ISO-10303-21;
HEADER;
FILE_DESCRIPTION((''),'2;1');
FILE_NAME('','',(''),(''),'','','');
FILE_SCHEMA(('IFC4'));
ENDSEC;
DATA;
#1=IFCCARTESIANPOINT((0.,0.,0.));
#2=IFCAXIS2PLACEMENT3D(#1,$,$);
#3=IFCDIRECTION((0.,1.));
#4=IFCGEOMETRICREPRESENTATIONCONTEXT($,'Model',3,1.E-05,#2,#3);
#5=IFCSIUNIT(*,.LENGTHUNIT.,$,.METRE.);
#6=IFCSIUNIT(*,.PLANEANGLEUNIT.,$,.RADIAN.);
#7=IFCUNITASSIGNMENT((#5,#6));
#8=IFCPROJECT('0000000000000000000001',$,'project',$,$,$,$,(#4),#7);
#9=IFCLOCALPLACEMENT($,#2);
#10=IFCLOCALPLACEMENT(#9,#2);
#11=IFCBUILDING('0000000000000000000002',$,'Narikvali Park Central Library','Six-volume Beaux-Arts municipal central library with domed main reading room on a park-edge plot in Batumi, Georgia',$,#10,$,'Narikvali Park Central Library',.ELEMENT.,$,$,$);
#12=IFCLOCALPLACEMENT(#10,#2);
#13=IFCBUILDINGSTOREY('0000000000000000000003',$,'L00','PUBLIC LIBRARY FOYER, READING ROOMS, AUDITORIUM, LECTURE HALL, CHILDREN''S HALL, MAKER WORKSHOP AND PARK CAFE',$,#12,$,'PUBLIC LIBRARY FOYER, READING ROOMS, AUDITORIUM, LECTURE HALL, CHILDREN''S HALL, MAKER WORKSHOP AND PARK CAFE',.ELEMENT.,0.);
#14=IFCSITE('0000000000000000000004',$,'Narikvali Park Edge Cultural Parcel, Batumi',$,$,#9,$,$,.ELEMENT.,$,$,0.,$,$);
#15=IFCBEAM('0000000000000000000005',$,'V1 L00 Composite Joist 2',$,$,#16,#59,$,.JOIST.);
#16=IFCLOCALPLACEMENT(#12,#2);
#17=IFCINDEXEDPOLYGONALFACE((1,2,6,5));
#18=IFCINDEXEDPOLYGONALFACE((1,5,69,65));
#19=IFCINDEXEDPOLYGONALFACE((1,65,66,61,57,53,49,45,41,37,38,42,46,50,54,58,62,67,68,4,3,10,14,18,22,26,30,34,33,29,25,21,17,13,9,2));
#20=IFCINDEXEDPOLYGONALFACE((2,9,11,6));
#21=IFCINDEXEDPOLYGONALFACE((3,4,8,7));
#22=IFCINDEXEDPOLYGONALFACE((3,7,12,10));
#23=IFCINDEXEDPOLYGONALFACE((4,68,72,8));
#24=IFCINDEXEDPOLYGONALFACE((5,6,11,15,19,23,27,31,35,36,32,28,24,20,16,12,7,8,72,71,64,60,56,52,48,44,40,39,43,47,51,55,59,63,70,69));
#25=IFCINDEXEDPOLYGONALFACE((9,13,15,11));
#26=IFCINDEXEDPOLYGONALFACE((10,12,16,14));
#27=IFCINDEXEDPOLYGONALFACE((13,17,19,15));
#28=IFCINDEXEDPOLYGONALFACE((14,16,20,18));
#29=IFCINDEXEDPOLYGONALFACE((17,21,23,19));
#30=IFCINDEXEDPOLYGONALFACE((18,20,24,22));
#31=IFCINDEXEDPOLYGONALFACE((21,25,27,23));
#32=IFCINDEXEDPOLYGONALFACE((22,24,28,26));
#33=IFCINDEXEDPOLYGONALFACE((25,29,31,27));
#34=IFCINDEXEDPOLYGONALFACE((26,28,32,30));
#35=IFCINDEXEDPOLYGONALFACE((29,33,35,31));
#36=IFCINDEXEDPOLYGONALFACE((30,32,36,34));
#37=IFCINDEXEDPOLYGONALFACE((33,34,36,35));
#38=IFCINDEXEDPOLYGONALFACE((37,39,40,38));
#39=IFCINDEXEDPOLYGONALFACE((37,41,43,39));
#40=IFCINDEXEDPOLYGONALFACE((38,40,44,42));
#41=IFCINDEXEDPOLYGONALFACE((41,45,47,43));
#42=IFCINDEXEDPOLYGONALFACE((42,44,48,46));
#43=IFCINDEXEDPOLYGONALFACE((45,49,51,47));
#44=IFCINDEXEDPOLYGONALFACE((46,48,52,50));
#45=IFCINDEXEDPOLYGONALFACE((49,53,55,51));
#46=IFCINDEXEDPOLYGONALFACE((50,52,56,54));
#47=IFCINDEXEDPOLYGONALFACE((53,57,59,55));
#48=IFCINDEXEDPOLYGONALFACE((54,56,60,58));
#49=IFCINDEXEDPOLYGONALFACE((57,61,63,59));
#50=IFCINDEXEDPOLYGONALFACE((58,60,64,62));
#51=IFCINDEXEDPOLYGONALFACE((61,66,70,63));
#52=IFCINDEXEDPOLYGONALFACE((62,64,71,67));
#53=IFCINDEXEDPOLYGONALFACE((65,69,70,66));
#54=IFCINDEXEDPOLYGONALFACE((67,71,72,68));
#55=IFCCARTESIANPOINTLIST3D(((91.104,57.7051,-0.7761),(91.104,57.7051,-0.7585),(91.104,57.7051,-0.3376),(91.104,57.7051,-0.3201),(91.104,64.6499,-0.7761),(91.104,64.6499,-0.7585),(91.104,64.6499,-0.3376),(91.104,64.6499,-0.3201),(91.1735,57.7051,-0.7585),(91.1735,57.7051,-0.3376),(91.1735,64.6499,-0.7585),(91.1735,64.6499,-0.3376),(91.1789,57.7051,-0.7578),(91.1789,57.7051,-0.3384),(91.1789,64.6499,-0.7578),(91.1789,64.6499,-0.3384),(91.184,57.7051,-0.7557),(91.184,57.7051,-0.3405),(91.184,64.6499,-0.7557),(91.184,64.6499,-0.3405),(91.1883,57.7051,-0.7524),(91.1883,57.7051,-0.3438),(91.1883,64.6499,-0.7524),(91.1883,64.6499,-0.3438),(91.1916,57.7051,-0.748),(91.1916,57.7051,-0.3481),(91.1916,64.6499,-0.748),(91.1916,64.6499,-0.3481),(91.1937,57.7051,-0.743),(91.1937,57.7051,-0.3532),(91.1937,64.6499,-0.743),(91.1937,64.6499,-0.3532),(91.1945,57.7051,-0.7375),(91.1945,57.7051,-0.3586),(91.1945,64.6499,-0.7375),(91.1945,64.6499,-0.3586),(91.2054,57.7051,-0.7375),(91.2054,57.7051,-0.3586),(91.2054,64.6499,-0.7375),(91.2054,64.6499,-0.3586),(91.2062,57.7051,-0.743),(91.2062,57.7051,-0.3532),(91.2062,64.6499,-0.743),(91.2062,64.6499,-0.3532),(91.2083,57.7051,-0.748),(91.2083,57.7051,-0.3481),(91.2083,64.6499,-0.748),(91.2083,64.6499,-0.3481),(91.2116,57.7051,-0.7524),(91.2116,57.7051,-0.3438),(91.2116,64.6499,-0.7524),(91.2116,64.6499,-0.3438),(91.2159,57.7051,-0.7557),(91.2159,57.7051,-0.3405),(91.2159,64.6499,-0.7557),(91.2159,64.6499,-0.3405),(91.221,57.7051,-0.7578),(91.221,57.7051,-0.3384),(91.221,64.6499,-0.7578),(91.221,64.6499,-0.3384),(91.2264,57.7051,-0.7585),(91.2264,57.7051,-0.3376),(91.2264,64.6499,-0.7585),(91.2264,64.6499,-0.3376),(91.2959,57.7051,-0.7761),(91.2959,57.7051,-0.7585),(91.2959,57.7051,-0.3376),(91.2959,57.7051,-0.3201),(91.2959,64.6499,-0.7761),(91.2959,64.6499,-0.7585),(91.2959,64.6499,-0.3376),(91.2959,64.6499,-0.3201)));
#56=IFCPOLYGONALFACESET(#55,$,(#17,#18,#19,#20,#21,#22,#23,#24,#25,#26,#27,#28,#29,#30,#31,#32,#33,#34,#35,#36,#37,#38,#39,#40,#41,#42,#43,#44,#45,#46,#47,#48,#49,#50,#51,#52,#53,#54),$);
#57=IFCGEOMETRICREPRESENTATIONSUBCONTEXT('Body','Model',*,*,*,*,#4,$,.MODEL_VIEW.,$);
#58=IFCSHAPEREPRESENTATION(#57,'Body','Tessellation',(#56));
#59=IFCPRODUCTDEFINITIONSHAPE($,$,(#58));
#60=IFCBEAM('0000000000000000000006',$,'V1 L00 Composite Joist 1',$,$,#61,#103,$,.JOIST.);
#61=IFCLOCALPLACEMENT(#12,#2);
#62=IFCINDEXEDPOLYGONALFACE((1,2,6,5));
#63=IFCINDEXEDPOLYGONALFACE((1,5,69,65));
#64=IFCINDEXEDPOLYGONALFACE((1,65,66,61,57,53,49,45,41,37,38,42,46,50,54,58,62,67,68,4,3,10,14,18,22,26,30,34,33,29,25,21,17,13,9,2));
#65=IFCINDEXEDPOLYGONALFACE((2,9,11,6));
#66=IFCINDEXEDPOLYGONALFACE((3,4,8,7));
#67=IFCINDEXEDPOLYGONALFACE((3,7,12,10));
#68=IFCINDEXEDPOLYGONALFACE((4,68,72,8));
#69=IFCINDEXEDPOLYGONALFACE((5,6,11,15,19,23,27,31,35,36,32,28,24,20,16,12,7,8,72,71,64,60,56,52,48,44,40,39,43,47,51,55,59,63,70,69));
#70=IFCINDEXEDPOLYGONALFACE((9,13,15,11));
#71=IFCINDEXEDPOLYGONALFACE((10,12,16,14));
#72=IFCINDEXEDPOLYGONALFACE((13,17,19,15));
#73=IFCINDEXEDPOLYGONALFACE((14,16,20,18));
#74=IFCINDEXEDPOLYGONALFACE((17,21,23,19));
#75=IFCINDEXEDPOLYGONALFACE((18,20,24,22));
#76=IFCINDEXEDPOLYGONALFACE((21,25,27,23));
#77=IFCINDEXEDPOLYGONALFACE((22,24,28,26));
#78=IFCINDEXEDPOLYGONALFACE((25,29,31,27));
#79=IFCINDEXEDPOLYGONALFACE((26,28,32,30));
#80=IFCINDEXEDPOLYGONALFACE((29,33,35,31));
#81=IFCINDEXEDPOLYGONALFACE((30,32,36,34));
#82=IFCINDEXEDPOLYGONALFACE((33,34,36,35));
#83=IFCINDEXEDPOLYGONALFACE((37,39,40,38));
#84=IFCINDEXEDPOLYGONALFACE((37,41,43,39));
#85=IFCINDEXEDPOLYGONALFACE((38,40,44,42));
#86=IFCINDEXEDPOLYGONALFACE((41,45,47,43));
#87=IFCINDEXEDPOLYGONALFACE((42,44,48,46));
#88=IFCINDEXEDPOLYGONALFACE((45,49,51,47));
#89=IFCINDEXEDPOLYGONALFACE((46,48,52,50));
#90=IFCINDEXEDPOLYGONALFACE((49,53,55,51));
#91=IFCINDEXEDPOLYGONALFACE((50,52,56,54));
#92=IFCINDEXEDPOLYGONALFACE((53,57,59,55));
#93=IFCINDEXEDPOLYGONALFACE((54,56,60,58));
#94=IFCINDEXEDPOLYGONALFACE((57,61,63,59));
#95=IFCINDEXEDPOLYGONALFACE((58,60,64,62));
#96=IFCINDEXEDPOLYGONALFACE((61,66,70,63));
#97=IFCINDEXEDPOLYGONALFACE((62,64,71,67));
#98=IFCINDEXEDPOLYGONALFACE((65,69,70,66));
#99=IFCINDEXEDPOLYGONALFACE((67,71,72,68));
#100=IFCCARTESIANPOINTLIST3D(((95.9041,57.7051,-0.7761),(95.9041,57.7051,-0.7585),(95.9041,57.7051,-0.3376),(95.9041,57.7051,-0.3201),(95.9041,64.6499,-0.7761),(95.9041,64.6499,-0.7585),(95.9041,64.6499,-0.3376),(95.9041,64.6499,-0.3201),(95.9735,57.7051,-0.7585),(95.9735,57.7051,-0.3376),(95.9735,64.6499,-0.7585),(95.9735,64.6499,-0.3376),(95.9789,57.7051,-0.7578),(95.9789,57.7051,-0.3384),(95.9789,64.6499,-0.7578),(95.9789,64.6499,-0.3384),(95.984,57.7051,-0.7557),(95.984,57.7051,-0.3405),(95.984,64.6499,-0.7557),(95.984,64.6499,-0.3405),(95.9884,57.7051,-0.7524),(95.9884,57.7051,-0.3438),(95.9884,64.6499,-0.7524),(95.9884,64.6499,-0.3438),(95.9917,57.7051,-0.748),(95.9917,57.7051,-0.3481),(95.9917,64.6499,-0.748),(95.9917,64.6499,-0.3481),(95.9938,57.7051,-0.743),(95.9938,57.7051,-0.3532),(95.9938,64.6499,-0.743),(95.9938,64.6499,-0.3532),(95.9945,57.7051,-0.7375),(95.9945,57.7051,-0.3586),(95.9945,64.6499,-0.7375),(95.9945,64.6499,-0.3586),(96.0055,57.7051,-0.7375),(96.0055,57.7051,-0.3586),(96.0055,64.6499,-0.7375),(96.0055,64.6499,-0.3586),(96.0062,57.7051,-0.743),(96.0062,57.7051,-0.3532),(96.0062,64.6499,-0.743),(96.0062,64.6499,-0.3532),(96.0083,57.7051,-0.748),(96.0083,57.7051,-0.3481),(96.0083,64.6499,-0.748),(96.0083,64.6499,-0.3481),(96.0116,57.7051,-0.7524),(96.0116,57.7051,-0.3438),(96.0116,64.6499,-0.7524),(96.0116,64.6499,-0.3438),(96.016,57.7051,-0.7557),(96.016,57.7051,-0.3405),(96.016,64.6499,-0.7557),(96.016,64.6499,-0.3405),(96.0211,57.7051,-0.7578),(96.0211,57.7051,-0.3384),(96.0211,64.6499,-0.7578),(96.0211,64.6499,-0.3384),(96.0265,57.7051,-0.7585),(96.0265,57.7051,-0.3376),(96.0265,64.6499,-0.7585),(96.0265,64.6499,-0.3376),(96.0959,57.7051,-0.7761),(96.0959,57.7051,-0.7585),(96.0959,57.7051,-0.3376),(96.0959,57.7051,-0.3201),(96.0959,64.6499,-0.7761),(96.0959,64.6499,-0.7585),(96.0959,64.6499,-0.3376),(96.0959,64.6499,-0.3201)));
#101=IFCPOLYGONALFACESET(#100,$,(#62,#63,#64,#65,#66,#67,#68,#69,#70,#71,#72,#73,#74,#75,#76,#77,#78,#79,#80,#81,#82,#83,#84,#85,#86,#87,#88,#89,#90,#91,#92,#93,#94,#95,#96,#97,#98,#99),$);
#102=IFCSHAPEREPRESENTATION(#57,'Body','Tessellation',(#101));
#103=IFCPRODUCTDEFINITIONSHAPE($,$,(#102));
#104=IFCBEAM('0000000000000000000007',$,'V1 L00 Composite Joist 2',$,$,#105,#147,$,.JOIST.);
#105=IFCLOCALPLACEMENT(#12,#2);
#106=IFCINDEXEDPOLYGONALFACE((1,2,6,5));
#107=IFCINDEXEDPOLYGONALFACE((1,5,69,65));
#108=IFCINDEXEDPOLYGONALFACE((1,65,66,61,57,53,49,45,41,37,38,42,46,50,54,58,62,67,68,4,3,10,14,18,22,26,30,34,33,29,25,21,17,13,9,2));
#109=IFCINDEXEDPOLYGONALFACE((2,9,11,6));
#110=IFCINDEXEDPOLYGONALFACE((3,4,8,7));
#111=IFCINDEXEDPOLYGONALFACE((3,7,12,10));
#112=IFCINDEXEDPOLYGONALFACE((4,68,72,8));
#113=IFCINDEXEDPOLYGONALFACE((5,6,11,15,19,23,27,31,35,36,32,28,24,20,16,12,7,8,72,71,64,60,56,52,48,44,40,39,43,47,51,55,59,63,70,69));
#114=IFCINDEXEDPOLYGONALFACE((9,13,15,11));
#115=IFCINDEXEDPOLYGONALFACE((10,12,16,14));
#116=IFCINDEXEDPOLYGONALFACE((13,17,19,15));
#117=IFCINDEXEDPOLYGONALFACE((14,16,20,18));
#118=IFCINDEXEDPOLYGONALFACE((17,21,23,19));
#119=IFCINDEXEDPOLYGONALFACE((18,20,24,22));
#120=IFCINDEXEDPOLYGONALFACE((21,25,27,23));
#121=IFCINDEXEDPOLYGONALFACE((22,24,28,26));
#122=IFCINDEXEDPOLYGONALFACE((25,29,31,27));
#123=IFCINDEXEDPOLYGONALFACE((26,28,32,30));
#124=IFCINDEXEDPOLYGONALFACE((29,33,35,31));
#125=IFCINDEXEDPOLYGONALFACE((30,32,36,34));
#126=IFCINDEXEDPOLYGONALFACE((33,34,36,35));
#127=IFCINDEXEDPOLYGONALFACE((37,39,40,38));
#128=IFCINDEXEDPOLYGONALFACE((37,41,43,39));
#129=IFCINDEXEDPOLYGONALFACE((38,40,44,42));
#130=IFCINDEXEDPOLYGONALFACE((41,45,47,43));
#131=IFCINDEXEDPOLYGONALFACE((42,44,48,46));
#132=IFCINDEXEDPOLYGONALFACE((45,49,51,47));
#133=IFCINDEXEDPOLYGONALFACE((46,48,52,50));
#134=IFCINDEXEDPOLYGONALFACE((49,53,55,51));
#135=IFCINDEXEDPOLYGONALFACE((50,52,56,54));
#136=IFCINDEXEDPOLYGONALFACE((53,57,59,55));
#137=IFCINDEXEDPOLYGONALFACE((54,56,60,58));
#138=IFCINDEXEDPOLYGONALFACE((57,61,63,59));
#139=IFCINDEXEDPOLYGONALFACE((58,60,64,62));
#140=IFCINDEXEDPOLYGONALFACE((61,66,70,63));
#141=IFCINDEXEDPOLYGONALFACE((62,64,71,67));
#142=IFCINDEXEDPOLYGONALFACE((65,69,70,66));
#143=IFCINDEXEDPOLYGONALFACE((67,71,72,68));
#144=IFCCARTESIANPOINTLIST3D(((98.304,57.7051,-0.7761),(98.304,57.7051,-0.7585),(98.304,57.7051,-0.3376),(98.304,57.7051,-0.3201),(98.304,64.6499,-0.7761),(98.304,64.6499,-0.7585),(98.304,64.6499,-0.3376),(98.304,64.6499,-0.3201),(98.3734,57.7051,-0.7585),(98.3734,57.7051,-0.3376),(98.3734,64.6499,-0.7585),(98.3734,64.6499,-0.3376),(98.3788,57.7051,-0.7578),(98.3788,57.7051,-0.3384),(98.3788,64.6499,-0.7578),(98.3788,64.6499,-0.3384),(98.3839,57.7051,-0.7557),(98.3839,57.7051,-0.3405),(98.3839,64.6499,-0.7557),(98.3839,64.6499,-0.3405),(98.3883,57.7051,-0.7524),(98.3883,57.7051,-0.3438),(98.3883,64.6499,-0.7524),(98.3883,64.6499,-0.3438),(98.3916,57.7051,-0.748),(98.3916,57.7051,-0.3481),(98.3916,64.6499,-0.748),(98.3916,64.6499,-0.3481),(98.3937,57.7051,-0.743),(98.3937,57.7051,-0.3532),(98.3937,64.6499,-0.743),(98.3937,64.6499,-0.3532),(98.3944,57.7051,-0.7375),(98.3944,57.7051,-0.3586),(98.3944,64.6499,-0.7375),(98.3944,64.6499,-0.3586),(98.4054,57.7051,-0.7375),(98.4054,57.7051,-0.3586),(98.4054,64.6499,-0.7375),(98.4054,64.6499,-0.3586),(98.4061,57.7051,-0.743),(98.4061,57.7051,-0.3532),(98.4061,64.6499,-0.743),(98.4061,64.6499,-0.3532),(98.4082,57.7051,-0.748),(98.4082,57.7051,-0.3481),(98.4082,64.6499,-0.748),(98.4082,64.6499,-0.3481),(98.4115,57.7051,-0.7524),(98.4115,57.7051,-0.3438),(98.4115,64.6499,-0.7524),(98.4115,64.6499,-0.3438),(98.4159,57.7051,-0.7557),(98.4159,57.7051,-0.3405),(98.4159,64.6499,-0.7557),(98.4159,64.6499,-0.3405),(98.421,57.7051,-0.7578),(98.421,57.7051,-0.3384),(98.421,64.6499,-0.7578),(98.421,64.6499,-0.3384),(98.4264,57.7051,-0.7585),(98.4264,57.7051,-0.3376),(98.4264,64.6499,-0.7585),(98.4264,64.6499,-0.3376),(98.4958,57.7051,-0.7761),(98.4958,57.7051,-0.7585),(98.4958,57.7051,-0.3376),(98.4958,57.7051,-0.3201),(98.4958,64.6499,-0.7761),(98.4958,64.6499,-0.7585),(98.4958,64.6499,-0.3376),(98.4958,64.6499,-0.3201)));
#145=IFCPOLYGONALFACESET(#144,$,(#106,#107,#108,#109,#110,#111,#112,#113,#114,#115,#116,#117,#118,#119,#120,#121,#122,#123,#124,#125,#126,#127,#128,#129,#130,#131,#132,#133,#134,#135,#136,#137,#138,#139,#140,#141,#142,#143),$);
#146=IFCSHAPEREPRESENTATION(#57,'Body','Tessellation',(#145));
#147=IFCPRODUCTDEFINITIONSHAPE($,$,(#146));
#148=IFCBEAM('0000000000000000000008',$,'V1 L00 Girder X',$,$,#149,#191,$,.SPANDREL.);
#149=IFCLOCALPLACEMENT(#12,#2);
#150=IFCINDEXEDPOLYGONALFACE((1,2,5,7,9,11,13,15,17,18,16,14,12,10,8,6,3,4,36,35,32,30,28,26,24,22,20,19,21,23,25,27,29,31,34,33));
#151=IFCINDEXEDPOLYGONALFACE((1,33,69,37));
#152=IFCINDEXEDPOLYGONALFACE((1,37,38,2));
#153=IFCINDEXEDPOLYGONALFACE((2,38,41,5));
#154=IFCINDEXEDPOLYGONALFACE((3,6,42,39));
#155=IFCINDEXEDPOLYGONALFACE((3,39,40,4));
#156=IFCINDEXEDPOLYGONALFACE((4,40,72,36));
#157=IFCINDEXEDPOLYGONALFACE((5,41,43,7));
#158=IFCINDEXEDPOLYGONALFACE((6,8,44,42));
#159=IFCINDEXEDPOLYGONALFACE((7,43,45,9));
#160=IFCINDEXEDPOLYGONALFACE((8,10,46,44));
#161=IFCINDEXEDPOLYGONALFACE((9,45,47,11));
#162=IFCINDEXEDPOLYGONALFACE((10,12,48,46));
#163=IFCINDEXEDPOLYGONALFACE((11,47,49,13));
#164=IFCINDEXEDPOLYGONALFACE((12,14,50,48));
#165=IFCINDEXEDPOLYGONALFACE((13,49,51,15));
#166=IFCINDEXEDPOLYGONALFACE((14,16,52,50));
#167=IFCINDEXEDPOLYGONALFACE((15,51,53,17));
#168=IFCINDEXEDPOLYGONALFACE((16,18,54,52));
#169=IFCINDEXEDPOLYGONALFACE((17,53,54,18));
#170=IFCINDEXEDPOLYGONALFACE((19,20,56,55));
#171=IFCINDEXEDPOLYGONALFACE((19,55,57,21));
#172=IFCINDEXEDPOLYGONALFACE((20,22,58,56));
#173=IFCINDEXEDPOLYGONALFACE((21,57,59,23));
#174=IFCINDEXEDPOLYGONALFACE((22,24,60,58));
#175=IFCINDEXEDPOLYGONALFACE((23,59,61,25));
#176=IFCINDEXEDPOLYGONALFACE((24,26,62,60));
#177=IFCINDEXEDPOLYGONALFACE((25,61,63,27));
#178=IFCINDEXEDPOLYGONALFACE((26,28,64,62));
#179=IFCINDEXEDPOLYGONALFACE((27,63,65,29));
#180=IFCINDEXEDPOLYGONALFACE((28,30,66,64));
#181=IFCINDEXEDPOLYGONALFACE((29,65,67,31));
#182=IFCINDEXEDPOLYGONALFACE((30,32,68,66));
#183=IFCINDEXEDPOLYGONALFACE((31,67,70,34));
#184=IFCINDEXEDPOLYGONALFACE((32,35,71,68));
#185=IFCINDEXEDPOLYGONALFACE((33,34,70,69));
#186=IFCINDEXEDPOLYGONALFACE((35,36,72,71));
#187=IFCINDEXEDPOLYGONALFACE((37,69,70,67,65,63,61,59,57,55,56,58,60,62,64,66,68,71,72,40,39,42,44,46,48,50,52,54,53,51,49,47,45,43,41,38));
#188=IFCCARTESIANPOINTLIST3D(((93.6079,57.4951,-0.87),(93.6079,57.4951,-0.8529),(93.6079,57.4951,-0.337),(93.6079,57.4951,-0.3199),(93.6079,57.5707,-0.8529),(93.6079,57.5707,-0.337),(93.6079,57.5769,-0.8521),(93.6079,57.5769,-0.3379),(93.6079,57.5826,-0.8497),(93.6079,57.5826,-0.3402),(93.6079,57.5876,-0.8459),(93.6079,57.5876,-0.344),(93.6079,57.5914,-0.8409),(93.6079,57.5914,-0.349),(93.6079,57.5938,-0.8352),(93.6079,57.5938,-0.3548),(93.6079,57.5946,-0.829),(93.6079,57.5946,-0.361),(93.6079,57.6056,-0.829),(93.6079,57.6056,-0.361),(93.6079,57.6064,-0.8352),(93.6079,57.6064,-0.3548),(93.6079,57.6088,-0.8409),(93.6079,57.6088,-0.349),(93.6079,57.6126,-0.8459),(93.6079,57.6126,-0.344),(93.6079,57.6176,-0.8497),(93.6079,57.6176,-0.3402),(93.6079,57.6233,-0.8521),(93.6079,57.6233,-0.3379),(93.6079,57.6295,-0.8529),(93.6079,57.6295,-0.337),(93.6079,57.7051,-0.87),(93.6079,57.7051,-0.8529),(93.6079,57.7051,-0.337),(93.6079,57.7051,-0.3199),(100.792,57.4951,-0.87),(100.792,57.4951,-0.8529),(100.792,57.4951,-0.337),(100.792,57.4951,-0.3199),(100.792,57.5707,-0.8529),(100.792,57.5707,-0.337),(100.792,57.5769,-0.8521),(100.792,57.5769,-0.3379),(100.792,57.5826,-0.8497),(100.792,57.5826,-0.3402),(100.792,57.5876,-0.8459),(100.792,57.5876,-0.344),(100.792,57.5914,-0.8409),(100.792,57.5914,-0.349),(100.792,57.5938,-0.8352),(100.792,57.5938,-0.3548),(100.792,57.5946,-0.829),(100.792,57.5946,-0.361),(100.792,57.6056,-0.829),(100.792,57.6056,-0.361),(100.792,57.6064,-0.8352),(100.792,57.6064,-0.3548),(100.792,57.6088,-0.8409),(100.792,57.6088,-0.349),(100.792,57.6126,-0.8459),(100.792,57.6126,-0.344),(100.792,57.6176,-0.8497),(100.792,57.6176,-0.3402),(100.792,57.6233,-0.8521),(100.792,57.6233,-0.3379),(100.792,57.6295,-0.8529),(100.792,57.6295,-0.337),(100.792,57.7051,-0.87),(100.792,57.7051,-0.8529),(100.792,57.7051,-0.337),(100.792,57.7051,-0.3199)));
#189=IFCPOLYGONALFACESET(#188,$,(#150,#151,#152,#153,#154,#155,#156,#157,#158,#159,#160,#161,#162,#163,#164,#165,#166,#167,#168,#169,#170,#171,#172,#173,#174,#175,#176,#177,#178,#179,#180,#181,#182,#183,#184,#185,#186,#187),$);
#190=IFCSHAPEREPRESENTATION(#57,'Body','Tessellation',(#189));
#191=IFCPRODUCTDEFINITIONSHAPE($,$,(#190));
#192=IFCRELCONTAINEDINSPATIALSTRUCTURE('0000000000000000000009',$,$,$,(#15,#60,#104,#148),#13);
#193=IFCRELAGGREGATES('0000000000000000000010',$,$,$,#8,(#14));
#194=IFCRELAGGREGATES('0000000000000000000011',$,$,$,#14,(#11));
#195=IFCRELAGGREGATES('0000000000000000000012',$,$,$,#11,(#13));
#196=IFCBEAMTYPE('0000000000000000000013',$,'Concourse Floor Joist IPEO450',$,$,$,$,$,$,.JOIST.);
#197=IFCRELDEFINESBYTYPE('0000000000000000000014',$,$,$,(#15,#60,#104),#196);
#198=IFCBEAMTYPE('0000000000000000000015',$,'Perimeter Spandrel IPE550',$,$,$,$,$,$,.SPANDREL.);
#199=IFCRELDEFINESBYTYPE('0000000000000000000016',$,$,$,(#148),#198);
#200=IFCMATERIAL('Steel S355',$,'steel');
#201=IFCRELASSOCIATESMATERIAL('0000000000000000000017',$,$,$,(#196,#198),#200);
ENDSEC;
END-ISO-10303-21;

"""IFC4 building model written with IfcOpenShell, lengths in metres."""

from ifc_helpers import new_model, si_unit, direction, frame, origin, origin_2d, place, context, subcontext, project, spatial, i_section, extrude, material, material_profile, profile_set, type_object, element, save


model = new_model("IFC4")

# Units and contexts
model_context = context("Model", 3, precision=1e-05, world=origin(), true_north=direction((0.0, 1.0)))
body_context = subcontext(model_context, "Body", "Model", "MODEL_VIEW")
ifc_project = project(units=[si_unit("LENGTHUNIT", "METRE"), si_unit("PLANEANGLEUNIT", "RADIAN")], contexts=[model_context])

# Site, building, storey
site_placement = place(None, origin())
site = spatial("IfcSite", under=ifc_project, at=site_placement, Name="Narikvali Park Edge Cultural Parcel, Batumi", CompositionType="ELEMENT", RefElevation=0.0)
building_placement = place(site_placement, origin())
building = spatial("IfcBuilding", under=site, at=building_placement, Name="Narikvali Park Central Library", Description="Six-volume Beaux-Arts municipal central library with domed main reading room on a park-edge plot in Batumi, Georgia", LongName="Narikvali Park Central Library", CompositionType="ELEMENT")
storey_placement = place(building_placement, origin())
storey = spatial("IfcBuildingStorey", under=building, at=storey_placement, Name="L00", Description="PUBLIC LIBRARY FOYER, READING ROOMS, AUDITORIUM, LECTURE HALL, CHILDREN'S HALL, MAKER WORKSHOP AND PARK CAFE", LongName="PUBLIC LIBRARY FOYER, READING ROOMS, AUDITORIUM, LECTURE HALL, CHILDREN'S HALL, MAKER WORKSHOP AND PARK CAFE", CompositionType="ELEMENT", Elevation=0.0)

# Shared definitions
ifc_material_1 = material(Name="Steel S355", Category="steel")

# Beams
ifc_material_profile_1 = material_profile(ifc_material_1, i_section(OverallWidth=0.1919, OverallDepth=0.4561, WebThickness=0.011, FlangeThickness=0.0176, FilletRadius=0.021, at=origin_2d()), Name="IPEO 450")
ifc_profile_set_1 = profile_set([ifc_material_profile_1], Name="Steel S355")
beam_type_1 = type_object("IfcBeamType", Name="Concourse Floor Joist IPEO450", PredefinedType="JOIST", material=ifc_profile_set_1)
for number, where, z_axis, x_axis, name in (
    (1, (91.2, 57.7051, -0.5481), (0.0, 1.0, 0.0), (-1.0, 0.0, 0.0), "V1 L00 Composite Joist 2"),
    (2, (96.0, 57.7051, -0.5481), (0.0, 1.0, 0.0), (-1.0, 0.0, 0.0), "V1 L00 Composite Joist 1"),
    (3, (98.3999, 57.7051, -0.5481), (0.0, 1.0, 0.0), (-1.0, 0.0, 0.0), "V1 L00 Composite Joist 2"),
):
    element("IfcBeam", number, at=place(storey_placement, frame(where, z_axis=z_axis, x_axis=x_axis)), inside=storey, type_object=beam_type_1, Name=name, PredefinedType="JOIST", context=body_context, shape_type="SweptSolid", body=[
        extrude(i_section(OverallWidth=0.1919, OverallDepth=0.4561, WebThickness=0.011, FlangeThickness=0.0176, FilletRadius=0.021, at=origin_2d()), origin(), (0.0, 0.0, 1.0), 6.9448),
    ])
ifc_material_profile_2 = material_profile(ifc_material_1, i_section(OverallWidth=0.21, OverallDepth=0.55, WebThickness=0.011, FlangeThickness=0.0171, FilletRadius=0.0239, at=origin_2d()), Name="IPE 550")
ifc_profile_set_2 = profile_set([ifc_material_profile_2], Name="Steel S355")
beam_type_2 = type_object("IfcBeamType", Name="Perimeter Spandrel IPE550", PredefinedType="SPANDREL", material=ifc_profile_set_2)
for number, where, z_axis, x_axis, name in (
    (4, (93.6079, 57.6001, -0.595), (1.0, 0.0, 0.0), (0.0, 1.0, 0.0), "V1 L00 Girder X"),
):
    element("IfcBeam", number, at=place(storey_placement, frame(where, z_axis=z_axis, x_axis=x_axis)), inside=storey, type_object=beam_type_2, Name=name, PredefinedType="SPANDREL", context=body_context, shape_type="SweptSolid", body=[
        extrude(i_section(OverallWidth=0.21, OverallDepth=0.55, WebThickness=0.011, FlangeThickness=0.0171, FilletRadius=0.0239, at=origin_2d()), origin(), (0.0, 0.0, 1.0), 7.1841),
    ])

save(model, "model.ifc")
